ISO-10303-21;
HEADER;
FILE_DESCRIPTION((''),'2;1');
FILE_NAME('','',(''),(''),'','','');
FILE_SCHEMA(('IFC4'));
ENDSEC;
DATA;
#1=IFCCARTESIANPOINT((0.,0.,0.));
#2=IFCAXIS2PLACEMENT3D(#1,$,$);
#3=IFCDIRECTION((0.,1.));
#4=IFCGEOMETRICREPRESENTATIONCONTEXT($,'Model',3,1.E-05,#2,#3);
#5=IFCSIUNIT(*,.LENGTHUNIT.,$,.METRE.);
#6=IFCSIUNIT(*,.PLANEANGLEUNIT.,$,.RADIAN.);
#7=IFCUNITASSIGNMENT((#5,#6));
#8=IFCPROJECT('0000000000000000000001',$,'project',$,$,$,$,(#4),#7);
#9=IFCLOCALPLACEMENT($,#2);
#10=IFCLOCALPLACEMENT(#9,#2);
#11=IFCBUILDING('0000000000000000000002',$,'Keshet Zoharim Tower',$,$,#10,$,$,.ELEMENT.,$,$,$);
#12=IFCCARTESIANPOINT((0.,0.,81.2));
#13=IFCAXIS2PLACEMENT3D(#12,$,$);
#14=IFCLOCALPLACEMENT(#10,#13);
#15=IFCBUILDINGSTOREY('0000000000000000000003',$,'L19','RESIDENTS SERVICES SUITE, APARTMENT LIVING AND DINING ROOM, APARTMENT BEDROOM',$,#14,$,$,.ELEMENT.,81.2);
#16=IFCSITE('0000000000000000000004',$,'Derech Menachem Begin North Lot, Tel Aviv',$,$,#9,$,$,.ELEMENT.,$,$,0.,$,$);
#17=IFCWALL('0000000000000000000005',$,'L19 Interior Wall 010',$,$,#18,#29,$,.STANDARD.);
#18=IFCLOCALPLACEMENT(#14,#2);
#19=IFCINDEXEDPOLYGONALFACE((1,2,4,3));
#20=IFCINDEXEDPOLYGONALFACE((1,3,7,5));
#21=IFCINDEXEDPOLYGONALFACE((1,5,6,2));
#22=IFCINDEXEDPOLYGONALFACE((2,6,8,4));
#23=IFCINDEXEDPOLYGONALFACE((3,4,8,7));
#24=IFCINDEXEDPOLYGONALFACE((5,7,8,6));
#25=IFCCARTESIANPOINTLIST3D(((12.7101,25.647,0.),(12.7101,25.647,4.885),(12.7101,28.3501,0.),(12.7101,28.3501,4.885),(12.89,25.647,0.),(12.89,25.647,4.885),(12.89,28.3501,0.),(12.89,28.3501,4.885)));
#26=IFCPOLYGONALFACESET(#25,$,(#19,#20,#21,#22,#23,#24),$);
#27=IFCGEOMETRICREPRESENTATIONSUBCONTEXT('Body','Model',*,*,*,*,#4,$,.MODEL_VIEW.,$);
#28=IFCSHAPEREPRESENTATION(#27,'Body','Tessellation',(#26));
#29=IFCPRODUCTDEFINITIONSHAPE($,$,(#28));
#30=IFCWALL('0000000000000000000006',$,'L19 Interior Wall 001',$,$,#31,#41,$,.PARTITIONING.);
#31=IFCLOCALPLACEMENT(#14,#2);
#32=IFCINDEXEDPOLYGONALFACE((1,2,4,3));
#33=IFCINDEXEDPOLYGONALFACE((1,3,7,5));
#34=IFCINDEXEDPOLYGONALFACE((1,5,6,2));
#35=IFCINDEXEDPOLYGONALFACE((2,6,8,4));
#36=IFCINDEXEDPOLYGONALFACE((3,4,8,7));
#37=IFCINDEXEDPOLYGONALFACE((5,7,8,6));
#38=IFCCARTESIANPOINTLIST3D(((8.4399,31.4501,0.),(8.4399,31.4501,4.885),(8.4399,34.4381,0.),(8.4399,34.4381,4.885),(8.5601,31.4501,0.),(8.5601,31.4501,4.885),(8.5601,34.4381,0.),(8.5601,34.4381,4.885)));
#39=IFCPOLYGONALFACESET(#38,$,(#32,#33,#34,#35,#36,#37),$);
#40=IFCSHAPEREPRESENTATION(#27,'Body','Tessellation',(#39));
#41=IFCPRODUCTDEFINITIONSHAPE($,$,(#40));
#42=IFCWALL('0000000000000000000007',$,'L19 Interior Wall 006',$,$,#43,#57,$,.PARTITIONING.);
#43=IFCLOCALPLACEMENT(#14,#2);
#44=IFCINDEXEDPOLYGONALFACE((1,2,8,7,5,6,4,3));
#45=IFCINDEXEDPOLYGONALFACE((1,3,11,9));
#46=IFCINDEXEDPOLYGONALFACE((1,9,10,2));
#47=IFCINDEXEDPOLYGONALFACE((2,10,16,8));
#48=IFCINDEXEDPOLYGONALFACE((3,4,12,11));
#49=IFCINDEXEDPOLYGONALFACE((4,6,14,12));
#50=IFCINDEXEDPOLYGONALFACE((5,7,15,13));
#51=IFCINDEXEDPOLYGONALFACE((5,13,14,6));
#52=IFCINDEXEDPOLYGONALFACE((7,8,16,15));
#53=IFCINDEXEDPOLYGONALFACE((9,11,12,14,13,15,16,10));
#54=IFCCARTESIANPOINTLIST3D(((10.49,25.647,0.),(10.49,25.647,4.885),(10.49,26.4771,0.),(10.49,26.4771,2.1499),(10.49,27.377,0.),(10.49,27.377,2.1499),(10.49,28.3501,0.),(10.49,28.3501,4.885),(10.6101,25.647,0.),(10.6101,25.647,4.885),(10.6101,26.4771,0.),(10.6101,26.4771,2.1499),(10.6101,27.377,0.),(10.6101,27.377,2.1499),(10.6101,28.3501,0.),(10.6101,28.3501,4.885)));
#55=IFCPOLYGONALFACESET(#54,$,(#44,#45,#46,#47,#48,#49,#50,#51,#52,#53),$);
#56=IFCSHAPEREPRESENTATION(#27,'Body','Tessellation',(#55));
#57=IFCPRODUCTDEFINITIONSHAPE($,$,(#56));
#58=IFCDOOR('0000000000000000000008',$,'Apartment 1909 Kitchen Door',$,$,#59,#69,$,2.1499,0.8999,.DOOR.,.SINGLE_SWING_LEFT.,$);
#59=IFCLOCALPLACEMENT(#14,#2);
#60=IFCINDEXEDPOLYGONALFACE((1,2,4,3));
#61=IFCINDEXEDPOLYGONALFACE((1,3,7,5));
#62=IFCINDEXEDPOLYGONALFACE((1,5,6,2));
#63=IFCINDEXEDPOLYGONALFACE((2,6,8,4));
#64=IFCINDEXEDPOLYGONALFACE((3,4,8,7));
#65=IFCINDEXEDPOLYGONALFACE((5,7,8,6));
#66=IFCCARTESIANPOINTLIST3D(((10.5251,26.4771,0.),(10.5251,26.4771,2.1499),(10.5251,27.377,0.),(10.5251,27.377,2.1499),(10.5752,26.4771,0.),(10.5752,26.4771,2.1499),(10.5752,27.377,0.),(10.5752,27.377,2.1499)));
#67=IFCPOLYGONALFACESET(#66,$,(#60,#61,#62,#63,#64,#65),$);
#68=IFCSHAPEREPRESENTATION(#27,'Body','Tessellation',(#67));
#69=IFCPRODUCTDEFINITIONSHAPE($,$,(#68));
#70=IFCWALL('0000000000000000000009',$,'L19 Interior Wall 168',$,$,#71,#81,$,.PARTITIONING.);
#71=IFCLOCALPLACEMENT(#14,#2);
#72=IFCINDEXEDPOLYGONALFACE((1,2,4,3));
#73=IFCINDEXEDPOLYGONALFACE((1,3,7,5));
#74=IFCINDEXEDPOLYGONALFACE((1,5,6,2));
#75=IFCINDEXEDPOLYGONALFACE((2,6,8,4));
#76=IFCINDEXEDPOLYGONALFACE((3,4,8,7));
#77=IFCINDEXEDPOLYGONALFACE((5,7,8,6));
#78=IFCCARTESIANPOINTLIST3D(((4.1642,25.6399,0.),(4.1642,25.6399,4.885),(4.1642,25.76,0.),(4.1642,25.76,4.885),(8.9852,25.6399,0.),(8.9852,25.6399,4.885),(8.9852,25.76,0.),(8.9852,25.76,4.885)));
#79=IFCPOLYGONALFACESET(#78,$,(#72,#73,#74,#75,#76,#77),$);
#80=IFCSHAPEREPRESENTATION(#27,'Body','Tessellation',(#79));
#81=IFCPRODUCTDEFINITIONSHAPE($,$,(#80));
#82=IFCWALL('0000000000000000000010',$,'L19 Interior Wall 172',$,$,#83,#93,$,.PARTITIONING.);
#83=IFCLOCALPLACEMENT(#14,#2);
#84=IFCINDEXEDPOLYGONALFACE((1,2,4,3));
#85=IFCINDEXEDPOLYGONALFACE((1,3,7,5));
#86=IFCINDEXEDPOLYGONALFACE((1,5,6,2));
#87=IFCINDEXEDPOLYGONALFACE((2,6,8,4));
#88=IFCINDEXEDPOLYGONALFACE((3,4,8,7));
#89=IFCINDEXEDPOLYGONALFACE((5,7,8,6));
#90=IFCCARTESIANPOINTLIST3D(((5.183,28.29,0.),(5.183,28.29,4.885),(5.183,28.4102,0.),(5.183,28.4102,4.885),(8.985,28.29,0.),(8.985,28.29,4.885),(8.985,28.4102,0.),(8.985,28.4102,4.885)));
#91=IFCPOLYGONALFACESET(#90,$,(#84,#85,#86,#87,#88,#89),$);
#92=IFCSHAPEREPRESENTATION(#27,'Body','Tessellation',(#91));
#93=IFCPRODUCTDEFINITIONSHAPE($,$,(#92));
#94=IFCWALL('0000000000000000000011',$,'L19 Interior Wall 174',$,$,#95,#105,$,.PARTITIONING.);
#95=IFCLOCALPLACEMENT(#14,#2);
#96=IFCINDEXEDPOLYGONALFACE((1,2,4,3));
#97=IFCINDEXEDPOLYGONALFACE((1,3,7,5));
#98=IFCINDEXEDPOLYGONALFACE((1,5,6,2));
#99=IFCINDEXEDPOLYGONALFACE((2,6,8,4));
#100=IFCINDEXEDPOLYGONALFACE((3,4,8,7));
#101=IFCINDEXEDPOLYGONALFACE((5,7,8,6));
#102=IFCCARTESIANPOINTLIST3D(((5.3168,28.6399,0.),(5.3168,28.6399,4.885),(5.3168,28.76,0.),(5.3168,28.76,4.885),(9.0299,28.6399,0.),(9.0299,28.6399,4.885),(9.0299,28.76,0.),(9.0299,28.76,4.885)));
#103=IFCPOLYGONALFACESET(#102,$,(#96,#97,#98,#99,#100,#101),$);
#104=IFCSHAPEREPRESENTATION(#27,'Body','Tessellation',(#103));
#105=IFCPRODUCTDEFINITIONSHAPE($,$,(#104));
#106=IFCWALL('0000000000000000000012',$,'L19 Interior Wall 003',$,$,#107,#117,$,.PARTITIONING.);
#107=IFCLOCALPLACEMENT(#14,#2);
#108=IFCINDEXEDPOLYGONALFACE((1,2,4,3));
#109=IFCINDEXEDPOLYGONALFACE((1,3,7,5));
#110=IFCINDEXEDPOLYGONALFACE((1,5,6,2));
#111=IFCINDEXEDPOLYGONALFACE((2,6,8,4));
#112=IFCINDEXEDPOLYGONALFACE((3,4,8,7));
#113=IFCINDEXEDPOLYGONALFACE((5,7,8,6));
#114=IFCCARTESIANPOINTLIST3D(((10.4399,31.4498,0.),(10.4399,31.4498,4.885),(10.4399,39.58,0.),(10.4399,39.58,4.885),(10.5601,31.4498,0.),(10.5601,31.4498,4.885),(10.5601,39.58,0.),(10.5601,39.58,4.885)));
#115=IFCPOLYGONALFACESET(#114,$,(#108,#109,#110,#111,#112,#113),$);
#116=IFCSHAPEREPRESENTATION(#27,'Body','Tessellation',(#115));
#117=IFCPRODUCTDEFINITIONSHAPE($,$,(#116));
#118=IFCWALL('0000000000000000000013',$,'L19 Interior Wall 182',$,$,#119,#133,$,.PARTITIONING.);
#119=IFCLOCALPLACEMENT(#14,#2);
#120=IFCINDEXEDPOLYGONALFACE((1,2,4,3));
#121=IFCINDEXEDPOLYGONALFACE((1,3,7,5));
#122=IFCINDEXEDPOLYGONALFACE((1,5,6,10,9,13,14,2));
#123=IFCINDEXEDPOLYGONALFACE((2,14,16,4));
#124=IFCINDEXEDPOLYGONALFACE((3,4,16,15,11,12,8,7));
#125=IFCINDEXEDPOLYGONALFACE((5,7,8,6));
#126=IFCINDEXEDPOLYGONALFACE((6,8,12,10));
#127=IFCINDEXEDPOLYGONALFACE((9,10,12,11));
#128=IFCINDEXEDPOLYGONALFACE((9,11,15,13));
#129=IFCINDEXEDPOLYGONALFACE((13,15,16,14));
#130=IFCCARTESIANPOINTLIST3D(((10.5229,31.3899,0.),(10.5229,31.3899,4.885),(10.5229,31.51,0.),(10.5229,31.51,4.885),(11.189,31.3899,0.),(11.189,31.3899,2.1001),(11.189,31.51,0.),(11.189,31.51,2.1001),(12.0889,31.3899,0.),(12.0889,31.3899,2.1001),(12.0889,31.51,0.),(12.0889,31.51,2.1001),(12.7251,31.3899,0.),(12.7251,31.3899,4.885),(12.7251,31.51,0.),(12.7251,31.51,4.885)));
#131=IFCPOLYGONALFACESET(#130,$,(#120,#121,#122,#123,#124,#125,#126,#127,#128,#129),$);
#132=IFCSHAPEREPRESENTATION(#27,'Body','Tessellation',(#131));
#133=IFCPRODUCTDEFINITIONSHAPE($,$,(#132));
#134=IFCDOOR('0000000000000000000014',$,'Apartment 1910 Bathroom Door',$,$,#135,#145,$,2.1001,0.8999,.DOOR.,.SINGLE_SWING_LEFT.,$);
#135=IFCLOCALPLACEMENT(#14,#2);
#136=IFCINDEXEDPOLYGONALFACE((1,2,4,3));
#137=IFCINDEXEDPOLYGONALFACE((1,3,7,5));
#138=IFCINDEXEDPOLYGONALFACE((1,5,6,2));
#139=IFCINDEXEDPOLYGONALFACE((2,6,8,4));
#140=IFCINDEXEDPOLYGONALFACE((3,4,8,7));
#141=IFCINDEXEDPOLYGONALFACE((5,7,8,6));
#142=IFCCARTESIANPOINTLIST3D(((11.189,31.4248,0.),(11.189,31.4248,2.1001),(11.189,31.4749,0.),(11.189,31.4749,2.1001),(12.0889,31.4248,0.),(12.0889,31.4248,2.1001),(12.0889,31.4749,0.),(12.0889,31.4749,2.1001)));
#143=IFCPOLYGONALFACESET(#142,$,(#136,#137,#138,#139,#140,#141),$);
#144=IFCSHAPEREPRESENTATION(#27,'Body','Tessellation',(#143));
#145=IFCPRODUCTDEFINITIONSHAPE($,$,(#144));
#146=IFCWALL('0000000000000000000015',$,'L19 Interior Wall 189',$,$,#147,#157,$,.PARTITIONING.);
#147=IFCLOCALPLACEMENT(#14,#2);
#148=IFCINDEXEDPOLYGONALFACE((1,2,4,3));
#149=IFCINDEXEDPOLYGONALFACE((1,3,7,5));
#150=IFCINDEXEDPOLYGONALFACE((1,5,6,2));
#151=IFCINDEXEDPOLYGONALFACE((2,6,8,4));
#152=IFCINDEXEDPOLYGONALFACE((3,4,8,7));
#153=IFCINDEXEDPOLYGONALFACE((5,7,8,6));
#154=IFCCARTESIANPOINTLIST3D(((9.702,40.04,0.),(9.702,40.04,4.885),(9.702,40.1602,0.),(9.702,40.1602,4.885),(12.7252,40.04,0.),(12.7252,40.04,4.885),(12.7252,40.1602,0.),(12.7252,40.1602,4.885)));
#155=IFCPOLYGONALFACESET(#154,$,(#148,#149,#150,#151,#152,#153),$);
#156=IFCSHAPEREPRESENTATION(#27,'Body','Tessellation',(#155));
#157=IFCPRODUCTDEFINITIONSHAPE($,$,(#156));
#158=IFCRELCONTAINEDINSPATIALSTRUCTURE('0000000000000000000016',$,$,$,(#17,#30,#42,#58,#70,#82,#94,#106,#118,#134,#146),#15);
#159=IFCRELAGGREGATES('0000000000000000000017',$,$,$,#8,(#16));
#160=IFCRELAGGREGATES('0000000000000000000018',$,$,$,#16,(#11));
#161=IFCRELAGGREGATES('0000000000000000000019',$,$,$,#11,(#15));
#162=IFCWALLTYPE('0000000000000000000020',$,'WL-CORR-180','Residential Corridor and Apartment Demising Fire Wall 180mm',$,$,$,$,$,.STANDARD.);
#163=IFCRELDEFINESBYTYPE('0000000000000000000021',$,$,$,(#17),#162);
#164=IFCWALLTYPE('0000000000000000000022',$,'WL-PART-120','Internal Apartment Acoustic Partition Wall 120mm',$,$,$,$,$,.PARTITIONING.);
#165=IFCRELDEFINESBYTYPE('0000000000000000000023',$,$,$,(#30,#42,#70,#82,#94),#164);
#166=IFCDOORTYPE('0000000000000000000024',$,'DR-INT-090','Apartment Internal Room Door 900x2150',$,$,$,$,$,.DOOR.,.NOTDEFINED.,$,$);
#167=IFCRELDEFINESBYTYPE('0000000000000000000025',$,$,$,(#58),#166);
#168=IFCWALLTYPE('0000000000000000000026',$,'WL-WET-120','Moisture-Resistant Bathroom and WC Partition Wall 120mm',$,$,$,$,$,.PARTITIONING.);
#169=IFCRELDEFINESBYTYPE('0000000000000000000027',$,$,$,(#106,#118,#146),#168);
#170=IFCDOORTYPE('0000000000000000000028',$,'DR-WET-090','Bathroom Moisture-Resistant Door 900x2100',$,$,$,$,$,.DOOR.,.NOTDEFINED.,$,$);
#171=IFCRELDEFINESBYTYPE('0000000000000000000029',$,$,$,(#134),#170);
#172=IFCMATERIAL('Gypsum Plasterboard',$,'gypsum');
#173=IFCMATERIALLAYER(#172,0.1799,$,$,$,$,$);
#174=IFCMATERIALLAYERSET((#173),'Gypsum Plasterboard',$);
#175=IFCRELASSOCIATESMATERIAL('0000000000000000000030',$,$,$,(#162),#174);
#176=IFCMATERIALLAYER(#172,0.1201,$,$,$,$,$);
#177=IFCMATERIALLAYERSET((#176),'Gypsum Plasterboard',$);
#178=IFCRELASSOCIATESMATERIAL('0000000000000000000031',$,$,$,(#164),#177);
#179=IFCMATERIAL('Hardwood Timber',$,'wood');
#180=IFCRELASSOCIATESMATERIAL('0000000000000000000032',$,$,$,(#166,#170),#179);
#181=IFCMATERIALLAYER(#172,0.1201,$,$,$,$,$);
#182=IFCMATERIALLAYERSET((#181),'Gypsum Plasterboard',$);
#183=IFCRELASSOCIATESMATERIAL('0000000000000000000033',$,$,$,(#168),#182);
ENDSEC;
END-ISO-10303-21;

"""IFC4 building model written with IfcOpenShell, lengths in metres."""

from ifc_helpers import new_model, si_unit, direction, frame, frame_2d, origin, place, context, subcontext, project, spatial, rectangle, extrude, material, layer, layer_set, type_object, element, fill, save


model = new_model("IFC4")

# Units and contexts
model_context = context("Model", 3, precision=1e-05, world=origin(), true_north=direction((0.0, 1.0)))
body_context = subcontext(model_context, "Body", "Model", "MODEL_VIEW")
ifc_project = project(units=[si_unit("LENGTHUNIT", "METRE"), si_unit("PLANEANGLEUNIT", "RADIAN")], contexts=[model_context])

# Site, building, storey
site_placement = place(None, origin())
site = spatial("IfcSite", under=ifc_project, at=site_placement, Name="Derech Menachem Begin North Lot, Tel Aviv", CompositionType="ELEMENT", RefElevation=0.0)
building_placement = place(site_placement, origin())
building = spatial("IfcBuilding", under=site, at=building_placement, Name="Keshet Zoharim Tower", CompositionType="ELEMENT")
storey_placement = place(building_placement, frame((0.0, 0.0, 81.2)))
storey = spatial("IfcBuildingStorey", under=building, at=storey_placement, Name="L19", Description="RESIDENTS SERVICES SUITE, APARTMENT LIVING AND DINING ROOM, APARTMENT BEDROOM", CompositionType="ELEMENT", Elevation=81.2)

# Wall
ifc_material_1 = material(Name="Gypsum Plasterboard", Category="gypsum")
ifc_layer_1 = layer(ifc_material_1, 0.1799)
ifc_layer_set_1 = layer_set([ifc_layer_1], Name="Gypsum Plasterboard")
wall_type_1 = type_object("IfcWallType", Name="WL-CORR-180", Description="Residential Corridor and Apartment Demising Fire Wall 180mm", PredefinedType="STANDARD", material=ifc_layer_set_1)
wall_1_placement = place(storey_placement, frame((12.8, 25.647, 0.0), z_axis=(0.0, 0.0, 1.0), x_axis=(0.0, 1.0, 0.0)))
element("IfcWall", 1, at=wall_1_placement, inside=storey, type_object=wall_type_1, Name="L19 Interior Wall 010", PredefinedType="STANDARD", context=body_context, shape_type="SweptSolid", body=[
    extrude(rectangle(XDim=2.7031, YDim=0.1799, at=frame_2d((1.3516, 0.0))), origin(), (0.0, 0.0, 1.0), 4.885),
])

# Shared definitions
ifc_material_2 = material(Name="Hardwood Timber", Category="wood")

# Wall
ifc_layer_2 = layer(ifc_material_1, 0.1201)
ifc_layer_set_2 = layer_set([ifc_layer_2], Name="Gypsum Plasterboard")
wall_type_2 = type_object("IfcWallType", Name="WL-PART-120", Description="Internal Apartment Acoustic Partition Wall 120mm", PredefinedType="PARTITIONING", material=ifc_layer_set_2)
wall_2_placement = place(storey_placement, frame((8.5, 31.45, 0.0), z_axis=(0.0, 0.0, 1.0), x_axis=(0.0, 1.0, 0.0)))
element("IfcWall", 2, at=wall_2_placement, inside=storey, type_object=wall_type_2, Name="L19 Interior Wall 001", PredefinedType="PARTITIONING", context=body_context, shape_type="SweptSolid", body=[
    extrude(rectangle(XDim=2.988, YDim=0.1201, at=frame_2d((1.4941, 0.0))), origin(), (0.0, 0.0, 1.0), 4.885),
])

# Wall, opening, door
wall_3_placement = place(storey_placement, frame((10.55, 25.647, 0.0), z_axis=(0.0, 0.0, 1.0), x_axis=(0.0, 1.0, 0.0)))
wall_3 = element("IfcWall", 3, at=wall_3_placement, inside=storey, type_object=wall_type_2, Name="L19 Interior Wall 006", PredefinedType="PARTITIONING", context=body_context, shape_type="SweptSolid", body=[
    extrude(rectangle(XDim=2.7031, YDim=0.1201, at=frame_2d((1.3516, 0.0))), origin(), (0.0, 0.0, 1.0), 4.885),
])
opening_1_placement = place(wall_3_placement, frame((0.8301, 0.0, 0.0)))
opening_1 = element("IfcOpeningElement", 4, at=opening_1_placement, cuts=wall_3, PredefinedType="OPENING", context=body_context, shape_type="SweptSolid", body=[
    extrude(rectangle(XDim=0.8999, YDim=2.1499, at=frame_2d((0.45, 1.075))), frame((0.0, 0.0701, 0.0), z_axis=(0.0, -1.0, 0.0), x_axis=(1.0, 0.0, 0.0)), (0.0, 0.0, 1.0), 0.1401),
])
door_type_1 = type_object("IfcDoorType", Name="DR-INT-090", Description="Apartment Internal Room Door 900x2150", OperationType="NOTDEFINED", PredefinedType="DOOR", material=ifc_material_2)
door_1_placement = place(opening_1_placement, origin())
door_1 = element("IfcDoor", 5, at=door_1_placement, inside=storey, type_object=door_type_1, Name="Apartment 1909 Kitchen Door", OperationType="SINGLE_SWING_LEFT", OverallHeight=2.1499, OverallWidth=0.8999, PredefinedType="DOOR", context=body_context, shape_type="SweptSolid", body=[
    extrude(rectangle(XDim=0.8999, YDim=2.1499, at=frame_2d((0.45, 1.075))), frame((0.0, 0.0249, 0.0), z_axis=(0.0, -1.0, 0.0), x_axis=(1.0, 0.0, 0.0)), (0.0, 0.0, 1.0), 0.05),
])
fill(opening_1, door_1)

# Walls
wall_4_placement = place(storey_placement, frame((4.1641, 25.7, 0.0), z_axis=(0.0, 0.0, 1.0), x_axis=(1.0, 0.0, 0.0)))
element("IfcWall", 6, at=wall_4_placement, inside=storey, type_object=wall_type_2, Name="L19 Interior Wall 168", PredefinedType="PARTITIONING", context=body_context, shape_type="SweptSolid", body=[
    extrude(rectangle(XDim=4.821, YDim=0.1201, at=frame_2d((2.4106, 0.0))), origin(), (0.0, 0.0, 1.0), 4.885),
])
wall_5_placement = place(storey_placement, frame((5.1831, 28.3501, 0.0), z_axis=(0.0, 0.0, 1.0), x_axis=(1.0, 0.0, 0.0)))
element("IfcWall", 7, at=wall_5_placement, inside=storey, type_object=wall_type_2, Name="L19 Interior Wall 172", PredefinedType="PARTITIONING", context=body_context, shape_type="SweptSolid", body=[
    extrude(rectangle(XDim=3.802, YDim=0.1201, at=frame_2d((1.9009, 0.0))), origin(), (0.0, 0.0, 1.0), 4.885),
])
wall_6_placement = place(storey_placement, frame((5.3169, 28.7, 0.0), z_axis=(0.0, 0.0, 1.0), x_axis=(1.0, 0.0, 0.0)))
element("IfcWall", 8, at=wall_6_placement, inside=storey, type_object=wall_type_2, Name="L19 Interior Wall 174", PredefinedType="PARTITIONING", context=body_context, shape_type="SweptSolid", body=[
    extrude(rectangle(XDim=3.7131, YDim=0.1201, at=frame_2d((1.8564, 0.0))), origin(), (0.0, 0.0, 1.0), 4.885),
])

# Wall
ifc_layer_3 = layer(ifc_material_1, 0.1201)
ifc_layer_set_3 = layer_set([ifc_layer_3], Name="Gypsum Plasterboard")
wall_type_3 = type_object("IfcWallType", Name="WL-WET-120", Description="Moisture-Resistant Bathroom and WC Partition Wall 120mm", PredefinedType="PARTITIONING", material=ifc_layer_set_3)
wall_7_placement = place(storey_placement, frame((10.5, 31.45, 0.0), z_axis=(0.0, 0.0, 1.0), x_axis=(0.0, 1.0, 0.0)))
element("IfcWall", 9, at=wall_7_placement, inside=storey, type_object=wall_type_3, Name="L19 Interior Wall 003", PredefinedType="PARTITIONING", context=body_context, shape_type="SweptSolid", body=[
    extrude(rectangle(XDim=8.1301, YDim=0.1201, at=frame_2d((4.0649, 0.0))), origin(), (0.0, 0.0, 1.0), 4.885),
])

# Wall, opening, door
wall_8_placement = place(storey_placement, frame((10.5229, 31.45, 0.0), z_axis=(0.0, 0.0, 1.0), x_axis=(1.0, 0.0, 0.0)))
wall_8 = element("IfcWall", 10, at=wall_8_placement, inside=storey, type_object=wall_type_3, Name="L19 Interior Wall 182", PredefinedType="PARTITIONING", context=body_context, shape_type="SweptSolid", body=[
    extrude(rectangle(XDim=2.2021, YDim=0.1201, at=frame_2d((1.1011, 0.0))), origin(), (0.0, 0.0, 1.0), 4.885),
])
opening_2_placement = place(wall_8_placement, frame((0.666, 0.0, 0.0)))
opening_2 = element("IfcOpeningElement", 11, at=opening_2_placement, cuts=wall_8, PredefinedType="OPENING", context=body_context, shape_type="SweptSolid", body=[
    extrude(rectangle(XDim=0.8999, YDim=2.1001, at=frame_2d((0.45, 1.05))), frame((0.0, 0.0701, 0.0), z_axis=(0.0, -1.0, 0.0), x_axis=(1.0, 0.0, 0.0)), (0.0, 0.0, 1.0), 0.1401),
])
door_type_2 = type_object("IfcDoorType", Name="DR-WET-090", Description="Bathroom Moisture-Resistant Door 900x2100", OperationType="NOTDEFINED", PredefinedType="DOOR", material=ifc_material_2)
door_2_placement = place(opening_2_placement, origin())
door_2 = element("IfcDoor", 12, at=door_2_placement, inside=storey, type_object=door_type_2, Name="Apartment 1910 Bathroom Door", OperationType="SINGLE_SWING_LEFT", OverallHeight=2.1001, OverallWidth=0.8999, PredefinedType="DOOR", context=body_context, shape_type="SweptSolid", body=[
    extrude(rectangle(XDim=0.8999, YDim=2.1001, at=frame_2d((0.45, 1.05))), frame((0.0, 0.0249, 0.0), z_axis=(0.0, -1.0, 0.0), x_axis=(1.0, 0.0, 0.0)), (0.0, 0.0, 1.0), 0.05),
])
fill(opening_2, door_2)

# Wall
wall_9_placement = place(storey_placement, frame((9.7019, 40.1001, 0.0), z_axis=(0.0, 0.0, 1.0), x_axis=(1.0, 0.0, 0.0)))
element("IfcWall", 13, at=wall_9_placement, inside=storey, type_object=wall_type_3, Name="L19 Interior Wall 189", PredefinedType="PARTITIONING", context=body_context, shape_type="SweptSolid", body=[
    extrude(rectangle(XDim=3.0232, YDim=0.1201, at=frame_2d((1.5117, 0.0))), origin(), (0.0, 0.0, 1.0), 4.885),
])

save(model, "model.ifc")
